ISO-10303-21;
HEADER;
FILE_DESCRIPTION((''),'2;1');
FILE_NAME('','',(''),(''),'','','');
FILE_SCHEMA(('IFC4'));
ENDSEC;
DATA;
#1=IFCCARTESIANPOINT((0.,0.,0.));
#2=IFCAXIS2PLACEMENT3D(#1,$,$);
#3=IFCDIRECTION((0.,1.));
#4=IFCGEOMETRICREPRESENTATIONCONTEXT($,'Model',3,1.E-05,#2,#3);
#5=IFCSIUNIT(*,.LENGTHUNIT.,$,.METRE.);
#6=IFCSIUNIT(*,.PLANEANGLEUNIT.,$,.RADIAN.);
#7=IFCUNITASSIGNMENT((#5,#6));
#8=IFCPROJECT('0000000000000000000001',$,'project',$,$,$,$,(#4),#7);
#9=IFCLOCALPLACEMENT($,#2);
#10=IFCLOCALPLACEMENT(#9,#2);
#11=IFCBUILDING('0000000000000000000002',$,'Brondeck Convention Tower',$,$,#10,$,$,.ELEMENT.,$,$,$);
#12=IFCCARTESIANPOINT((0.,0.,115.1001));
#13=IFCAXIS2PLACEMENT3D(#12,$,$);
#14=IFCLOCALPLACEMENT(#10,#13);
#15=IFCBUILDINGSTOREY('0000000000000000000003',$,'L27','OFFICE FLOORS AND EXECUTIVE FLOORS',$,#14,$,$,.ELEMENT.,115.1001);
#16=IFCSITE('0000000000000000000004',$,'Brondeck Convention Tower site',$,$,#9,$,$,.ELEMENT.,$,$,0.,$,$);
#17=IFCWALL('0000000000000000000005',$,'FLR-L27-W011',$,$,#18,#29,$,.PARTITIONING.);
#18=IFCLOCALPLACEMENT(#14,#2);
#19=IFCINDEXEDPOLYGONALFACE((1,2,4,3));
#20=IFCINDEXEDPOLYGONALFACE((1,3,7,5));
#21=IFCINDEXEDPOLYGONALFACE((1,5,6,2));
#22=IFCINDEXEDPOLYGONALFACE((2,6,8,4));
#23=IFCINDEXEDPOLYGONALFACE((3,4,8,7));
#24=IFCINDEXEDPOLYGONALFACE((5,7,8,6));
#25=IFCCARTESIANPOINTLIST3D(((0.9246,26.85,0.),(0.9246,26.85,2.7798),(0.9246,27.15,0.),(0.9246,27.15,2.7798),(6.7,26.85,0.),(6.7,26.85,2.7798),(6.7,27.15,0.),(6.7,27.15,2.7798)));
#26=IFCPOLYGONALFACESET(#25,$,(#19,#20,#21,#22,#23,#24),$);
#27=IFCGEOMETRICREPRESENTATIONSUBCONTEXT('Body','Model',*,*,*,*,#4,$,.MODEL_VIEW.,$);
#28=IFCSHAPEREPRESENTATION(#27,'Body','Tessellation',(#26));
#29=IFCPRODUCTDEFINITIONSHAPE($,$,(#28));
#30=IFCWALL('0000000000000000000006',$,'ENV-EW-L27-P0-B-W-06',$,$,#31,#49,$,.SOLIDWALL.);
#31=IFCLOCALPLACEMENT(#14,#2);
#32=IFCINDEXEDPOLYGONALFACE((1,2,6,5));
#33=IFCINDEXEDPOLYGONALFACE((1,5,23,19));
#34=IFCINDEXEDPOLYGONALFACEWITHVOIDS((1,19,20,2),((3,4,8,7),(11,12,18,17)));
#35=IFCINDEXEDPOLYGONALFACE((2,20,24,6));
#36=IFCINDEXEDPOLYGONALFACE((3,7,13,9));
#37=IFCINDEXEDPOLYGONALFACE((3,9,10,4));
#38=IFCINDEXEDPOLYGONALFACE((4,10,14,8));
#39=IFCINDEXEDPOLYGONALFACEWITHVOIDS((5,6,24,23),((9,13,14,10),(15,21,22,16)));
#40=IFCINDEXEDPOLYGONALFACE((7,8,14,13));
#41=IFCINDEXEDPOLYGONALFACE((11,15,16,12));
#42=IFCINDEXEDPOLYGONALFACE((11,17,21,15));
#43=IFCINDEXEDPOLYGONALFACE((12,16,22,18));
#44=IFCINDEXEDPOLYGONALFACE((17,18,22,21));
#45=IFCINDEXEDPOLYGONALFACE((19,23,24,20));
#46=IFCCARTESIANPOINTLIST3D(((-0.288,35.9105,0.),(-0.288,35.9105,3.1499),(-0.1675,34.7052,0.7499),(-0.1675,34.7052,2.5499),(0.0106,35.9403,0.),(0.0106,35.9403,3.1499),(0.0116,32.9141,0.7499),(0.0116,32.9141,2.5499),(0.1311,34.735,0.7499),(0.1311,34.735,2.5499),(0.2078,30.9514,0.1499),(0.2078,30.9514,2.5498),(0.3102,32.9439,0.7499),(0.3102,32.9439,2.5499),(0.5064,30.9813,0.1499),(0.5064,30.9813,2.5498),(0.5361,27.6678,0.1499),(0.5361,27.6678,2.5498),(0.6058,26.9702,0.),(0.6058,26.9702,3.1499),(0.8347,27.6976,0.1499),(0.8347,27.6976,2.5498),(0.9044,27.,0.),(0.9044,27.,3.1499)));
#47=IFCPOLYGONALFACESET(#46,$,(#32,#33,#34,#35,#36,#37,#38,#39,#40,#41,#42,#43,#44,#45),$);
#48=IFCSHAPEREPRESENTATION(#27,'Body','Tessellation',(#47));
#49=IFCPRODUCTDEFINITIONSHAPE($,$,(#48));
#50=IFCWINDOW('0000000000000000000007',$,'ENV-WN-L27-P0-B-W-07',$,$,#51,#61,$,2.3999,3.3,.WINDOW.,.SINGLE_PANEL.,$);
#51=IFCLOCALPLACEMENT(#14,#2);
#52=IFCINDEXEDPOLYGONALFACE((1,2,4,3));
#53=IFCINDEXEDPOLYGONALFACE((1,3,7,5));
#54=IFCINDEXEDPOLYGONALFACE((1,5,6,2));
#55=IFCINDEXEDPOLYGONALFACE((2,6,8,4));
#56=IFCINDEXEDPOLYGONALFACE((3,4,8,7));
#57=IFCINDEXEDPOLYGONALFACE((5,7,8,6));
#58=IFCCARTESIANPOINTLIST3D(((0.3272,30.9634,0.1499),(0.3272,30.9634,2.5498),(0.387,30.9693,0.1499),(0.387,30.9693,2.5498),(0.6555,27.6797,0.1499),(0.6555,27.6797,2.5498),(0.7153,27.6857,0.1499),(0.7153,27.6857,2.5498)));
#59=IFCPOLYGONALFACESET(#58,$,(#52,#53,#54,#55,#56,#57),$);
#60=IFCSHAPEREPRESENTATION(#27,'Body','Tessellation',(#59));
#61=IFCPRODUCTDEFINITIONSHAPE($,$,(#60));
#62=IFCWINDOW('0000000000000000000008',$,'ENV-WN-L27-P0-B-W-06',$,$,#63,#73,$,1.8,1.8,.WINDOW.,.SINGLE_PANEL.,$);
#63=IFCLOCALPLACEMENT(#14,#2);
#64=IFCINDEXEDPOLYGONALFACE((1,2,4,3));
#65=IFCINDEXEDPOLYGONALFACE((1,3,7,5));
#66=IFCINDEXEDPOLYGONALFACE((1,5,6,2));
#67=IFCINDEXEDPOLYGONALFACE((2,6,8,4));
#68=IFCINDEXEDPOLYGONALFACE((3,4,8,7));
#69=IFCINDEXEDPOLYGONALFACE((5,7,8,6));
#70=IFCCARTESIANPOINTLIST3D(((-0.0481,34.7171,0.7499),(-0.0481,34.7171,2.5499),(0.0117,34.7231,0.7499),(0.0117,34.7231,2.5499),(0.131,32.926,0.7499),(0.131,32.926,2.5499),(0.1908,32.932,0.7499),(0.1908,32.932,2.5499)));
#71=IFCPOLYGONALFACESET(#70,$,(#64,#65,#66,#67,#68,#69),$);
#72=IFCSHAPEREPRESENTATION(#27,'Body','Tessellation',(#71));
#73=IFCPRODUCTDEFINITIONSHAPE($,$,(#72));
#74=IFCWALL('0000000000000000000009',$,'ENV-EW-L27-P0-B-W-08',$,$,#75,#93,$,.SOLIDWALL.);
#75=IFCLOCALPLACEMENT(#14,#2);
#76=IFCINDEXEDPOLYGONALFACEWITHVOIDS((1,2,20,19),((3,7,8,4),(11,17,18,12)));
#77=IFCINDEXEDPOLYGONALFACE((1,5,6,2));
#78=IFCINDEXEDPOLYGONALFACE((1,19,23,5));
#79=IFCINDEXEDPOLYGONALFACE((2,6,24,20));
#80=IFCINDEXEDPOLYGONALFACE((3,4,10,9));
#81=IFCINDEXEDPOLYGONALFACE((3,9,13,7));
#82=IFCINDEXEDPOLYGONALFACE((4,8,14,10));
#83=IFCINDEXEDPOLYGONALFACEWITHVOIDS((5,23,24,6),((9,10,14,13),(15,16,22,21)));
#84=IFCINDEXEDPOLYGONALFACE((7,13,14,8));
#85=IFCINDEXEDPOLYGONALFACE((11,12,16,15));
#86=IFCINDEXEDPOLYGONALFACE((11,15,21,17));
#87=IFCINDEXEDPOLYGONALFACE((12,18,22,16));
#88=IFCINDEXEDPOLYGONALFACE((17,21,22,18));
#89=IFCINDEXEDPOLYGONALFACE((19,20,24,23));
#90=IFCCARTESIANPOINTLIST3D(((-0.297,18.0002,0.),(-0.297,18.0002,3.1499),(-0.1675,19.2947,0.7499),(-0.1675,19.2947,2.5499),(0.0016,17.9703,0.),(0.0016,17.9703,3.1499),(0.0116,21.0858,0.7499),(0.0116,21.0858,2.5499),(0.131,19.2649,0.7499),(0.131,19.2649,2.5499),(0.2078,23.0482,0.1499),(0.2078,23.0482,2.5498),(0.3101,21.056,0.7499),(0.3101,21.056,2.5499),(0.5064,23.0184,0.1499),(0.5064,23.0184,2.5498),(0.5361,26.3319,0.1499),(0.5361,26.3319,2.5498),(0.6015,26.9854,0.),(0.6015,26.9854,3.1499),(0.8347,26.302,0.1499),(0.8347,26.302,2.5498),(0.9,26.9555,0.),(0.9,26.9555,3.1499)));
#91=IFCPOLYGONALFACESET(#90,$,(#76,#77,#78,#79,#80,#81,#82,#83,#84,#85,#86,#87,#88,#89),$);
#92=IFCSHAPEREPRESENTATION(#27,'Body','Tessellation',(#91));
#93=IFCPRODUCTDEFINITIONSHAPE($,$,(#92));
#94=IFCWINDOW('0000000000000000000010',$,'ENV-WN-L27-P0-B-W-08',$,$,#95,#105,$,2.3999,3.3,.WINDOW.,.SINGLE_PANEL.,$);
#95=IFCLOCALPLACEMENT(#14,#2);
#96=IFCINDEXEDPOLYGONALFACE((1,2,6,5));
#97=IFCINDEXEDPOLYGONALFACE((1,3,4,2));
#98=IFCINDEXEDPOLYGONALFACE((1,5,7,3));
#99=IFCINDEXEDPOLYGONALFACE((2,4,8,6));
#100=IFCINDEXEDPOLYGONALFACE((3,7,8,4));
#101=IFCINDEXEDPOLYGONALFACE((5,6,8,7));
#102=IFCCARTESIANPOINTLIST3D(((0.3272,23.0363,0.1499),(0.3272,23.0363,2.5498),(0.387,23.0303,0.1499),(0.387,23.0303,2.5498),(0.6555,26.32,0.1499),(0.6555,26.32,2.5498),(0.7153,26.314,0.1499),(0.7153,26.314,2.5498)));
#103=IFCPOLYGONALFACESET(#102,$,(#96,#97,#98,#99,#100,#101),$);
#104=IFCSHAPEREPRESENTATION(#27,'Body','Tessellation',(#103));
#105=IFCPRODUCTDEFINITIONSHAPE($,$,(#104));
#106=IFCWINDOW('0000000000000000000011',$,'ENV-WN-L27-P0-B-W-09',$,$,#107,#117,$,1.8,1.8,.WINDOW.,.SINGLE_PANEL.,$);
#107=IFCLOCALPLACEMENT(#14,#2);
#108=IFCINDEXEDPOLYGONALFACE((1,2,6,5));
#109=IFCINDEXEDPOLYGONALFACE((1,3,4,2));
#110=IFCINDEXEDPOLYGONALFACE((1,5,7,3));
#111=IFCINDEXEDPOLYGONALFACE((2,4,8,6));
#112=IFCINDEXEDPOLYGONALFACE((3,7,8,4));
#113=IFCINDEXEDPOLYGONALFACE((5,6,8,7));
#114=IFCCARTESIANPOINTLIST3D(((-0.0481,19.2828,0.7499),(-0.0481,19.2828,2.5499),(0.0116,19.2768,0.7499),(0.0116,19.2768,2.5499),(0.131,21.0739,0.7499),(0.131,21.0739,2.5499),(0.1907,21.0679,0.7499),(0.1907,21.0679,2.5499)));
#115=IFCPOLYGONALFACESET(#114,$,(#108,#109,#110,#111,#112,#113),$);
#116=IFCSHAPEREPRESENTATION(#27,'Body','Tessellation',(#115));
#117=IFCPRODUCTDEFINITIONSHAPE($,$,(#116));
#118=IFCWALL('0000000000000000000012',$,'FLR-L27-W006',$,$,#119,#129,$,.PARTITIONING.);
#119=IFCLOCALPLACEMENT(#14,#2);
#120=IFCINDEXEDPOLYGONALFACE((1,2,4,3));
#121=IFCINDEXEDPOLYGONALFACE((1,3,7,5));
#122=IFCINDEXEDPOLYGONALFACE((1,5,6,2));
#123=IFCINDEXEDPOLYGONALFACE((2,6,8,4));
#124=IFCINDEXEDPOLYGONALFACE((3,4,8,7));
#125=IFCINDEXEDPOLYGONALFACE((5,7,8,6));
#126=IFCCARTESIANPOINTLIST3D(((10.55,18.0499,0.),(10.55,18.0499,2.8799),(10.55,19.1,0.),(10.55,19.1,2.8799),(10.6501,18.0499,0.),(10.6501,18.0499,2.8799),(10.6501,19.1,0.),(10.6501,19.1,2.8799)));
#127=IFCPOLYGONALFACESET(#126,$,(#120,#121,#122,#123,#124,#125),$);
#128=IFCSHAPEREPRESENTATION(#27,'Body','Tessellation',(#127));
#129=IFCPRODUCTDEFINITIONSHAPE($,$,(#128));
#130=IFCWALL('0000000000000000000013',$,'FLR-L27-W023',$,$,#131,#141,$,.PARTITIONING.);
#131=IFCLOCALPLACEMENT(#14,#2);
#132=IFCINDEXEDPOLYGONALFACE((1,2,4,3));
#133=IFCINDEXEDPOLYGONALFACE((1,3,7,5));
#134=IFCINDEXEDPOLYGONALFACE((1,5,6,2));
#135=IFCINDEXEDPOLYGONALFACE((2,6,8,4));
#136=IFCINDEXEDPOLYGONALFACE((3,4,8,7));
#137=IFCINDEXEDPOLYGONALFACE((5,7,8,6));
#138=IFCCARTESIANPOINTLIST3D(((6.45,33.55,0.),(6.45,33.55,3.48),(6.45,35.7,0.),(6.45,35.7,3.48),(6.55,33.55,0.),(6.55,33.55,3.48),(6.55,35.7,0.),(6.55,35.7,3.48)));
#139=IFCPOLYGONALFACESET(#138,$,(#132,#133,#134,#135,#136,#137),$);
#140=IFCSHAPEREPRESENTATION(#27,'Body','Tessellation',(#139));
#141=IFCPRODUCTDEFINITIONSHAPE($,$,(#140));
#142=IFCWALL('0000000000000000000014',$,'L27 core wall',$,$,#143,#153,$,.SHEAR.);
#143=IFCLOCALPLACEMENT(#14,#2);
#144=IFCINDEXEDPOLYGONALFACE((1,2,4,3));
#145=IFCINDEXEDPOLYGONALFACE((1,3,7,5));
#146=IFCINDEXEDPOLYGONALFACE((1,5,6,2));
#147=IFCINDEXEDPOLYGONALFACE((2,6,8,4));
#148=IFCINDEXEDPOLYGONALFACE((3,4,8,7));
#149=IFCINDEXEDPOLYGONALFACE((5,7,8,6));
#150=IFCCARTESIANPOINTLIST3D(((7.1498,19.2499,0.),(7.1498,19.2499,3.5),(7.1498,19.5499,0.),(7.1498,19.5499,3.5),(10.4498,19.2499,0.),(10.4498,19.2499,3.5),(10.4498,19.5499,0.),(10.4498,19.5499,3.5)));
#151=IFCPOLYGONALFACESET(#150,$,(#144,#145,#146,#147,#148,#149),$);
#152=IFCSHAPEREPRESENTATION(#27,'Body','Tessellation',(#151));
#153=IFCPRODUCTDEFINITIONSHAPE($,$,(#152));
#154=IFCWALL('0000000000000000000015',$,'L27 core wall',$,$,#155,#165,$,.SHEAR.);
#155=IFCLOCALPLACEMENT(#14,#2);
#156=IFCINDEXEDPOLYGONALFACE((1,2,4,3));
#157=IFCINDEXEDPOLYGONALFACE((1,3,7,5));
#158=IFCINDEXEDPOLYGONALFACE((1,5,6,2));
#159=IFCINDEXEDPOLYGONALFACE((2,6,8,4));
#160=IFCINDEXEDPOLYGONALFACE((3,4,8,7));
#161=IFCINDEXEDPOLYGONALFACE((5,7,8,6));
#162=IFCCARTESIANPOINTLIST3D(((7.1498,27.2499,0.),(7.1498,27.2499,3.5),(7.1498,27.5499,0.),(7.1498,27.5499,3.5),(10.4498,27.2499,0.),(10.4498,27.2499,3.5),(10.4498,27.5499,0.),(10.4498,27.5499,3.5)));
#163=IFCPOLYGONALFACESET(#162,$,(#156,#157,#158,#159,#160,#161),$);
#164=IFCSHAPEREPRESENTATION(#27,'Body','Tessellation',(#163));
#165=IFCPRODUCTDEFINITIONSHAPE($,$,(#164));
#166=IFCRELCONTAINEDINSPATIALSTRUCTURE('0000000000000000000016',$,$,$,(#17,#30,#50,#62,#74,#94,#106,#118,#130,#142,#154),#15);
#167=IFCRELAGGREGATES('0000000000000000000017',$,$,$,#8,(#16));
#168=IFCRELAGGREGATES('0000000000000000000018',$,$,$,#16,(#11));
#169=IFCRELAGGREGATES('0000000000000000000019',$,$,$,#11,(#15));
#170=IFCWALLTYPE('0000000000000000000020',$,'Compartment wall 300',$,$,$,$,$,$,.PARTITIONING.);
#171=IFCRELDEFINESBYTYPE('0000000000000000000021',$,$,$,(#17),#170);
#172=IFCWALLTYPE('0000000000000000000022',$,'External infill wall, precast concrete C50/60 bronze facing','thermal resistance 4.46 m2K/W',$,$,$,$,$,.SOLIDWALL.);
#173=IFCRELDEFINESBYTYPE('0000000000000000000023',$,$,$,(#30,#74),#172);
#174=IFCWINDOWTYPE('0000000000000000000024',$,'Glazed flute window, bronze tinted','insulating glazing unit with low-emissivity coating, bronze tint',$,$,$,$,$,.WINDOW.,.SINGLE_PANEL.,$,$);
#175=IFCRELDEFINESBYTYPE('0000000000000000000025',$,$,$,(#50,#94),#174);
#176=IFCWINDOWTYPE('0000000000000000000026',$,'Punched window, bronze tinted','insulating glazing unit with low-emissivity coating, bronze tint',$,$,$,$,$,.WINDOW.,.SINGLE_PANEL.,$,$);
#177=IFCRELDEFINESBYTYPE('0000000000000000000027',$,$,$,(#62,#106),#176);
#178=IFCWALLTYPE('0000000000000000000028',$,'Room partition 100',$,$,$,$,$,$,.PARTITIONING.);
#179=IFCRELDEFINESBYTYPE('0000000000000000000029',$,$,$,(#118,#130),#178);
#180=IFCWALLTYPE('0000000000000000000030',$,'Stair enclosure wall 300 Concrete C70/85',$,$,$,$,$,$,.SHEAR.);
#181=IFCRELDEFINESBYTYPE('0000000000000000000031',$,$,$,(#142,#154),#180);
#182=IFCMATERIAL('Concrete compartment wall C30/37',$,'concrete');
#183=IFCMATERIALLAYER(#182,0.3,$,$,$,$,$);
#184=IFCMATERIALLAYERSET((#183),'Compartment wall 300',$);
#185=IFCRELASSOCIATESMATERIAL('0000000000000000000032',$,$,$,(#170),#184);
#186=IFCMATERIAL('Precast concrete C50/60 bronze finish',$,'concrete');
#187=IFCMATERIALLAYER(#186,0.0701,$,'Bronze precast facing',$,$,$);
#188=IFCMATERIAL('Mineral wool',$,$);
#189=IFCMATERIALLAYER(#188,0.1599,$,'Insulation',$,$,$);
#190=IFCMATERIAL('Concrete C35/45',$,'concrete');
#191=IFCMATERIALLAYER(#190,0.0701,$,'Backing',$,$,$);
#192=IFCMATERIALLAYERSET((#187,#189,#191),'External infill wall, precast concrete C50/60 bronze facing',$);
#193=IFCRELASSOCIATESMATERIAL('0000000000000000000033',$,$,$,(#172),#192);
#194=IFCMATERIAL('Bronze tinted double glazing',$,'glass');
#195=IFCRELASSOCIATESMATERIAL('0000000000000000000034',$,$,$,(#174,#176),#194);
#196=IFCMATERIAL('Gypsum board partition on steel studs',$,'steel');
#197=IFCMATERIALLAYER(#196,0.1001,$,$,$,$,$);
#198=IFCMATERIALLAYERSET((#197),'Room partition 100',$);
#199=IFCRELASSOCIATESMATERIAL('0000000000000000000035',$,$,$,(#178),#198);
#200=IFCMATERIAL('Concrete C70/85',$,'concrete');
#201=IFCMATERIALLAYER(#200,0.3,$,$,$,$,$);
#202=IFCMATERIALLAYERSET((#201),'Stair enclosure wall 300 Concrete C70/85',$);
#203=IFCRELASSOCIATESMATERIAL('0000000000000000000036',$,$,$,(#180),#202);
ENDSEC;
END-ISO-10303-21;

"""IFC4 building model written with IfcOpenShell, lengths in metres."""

from ifc_helpers import new_model, si_unit, direction, frame, frame_2d, origin, place, context, subcontext, project, spatial, rectangle, extrude, material, layer, layer_set, type_object, element, fill, save


model = new_model("IFC4")

# Units and contexts
model_context = context("Model", 3, precision=1e-05, world=origin(), true_north=direction((0.0, 1.0)))
body_context = subcontext(model_context, "Body", "Model", "MODEL_VIEW")
ifc_project = project(units=[si_unit("LENGTHUNIT", "METRE"), si_unit("PLANEANGLEUNIT", "RADIAN")], contexts=[model_context])

# Site, building, storey
site_placement = place(None, origin())
site = spatial("IfcSite", under=ifc_project, at=site_placement, Name="Brondeck Convention Tower site", CompositionType="ELEMENT", RefElevation=0.0)
building_placement = place(site_placement, origin())
building = spatial("IfcBuilding", under=site, at=building_placement, Name="Brondeck Convention Tower", CompositionType="ELEMENT")
storey_placement = place(building_placement, frame((0.0, 0.0, 115.1001)))
storey = spatial("IfcBuildingStorey", under=building, at=storey_placement, Name="L27", Description="OFFICE FLOORS AND EXECUTIVE FLOORS", CompositionType="ELEMENT", Elevation=115.1001)

# Shared definitions
ifc_material_1 = material(Name="Concrete C70/85", Category="concrete")

# Wall
ifc_material_2 = material(Name="Concrete compartment wall C30/37", Category="concrete")
ifc_layer_1 = layer(ifc_material_2, 0.3)
ifc_layer_set_1 = layer_set([ifc_layer_1], Name="Compartment wall 300")
wall_type_1 = type_object("IfcWallType", Name="Compartment wall 300", PredefinedType="PARTITIONING", material=ifc_layer_set_1)
wall_1_placement = place(storey_placement, frame((0.9246, 27.0, 0.0), z_axis=(0.0, 0.0, 1.0), x_axis=(1.0, 0.0, 0.0)))
element("IfcWall", 1, at=wall_1_placement, inside=storey, type_object=wall_type_1, Name="FLR-L27-W011", PredefinedType="PARTITIONING", context=body_context, shape_type="SweptSolid", body=[
    extrude(rectangle(XDim=5.7754, YDim=0.3, at=frame_2d((2.8877, 0.0))), origin(), (0.0, 0.0, 1.0), 2.7798),
])

# Walls, openings, windows
ifc_material_3 = material(Name="Precast concrete C50/60 bronze finish", Category="concrete")
ifc_layer_2 = layer(ifc_material_3, 0.0701, Name="Bronze precast facing")
ifc_material_4 = material(Name="Mineral wool")
ifc_layer_3 = layer(ifc_material_4, 0.1599, Name="Insulation")
ifc_material_5 = material(Name="Concrete C35/45", Category="concrete")
ifc_layer_4 = layer(ifc_material_5, 0.0701, Name="Backing")
ifc_layer_set_2 = layer_set([ifc_layer_2, ifc_layer_3, ifc_layer_4], Name="External infill wall, precast concrete C50/60 bronze facing")
wall_type_2 = type_object("IfcWallType", Name="External infill wall, precast concrete C50/60 bronze facing", Description="thermal resistance 4.46 m2K/W", PredefinedType="SOLIDWALL", material=ifc_layer_set_2)
wall_2_placement = place(storey_placement, frame((0.7551, 26.9851, 0.0), z_axis=(0.0, 0.0, 1.0), x_axis=(-0.09948, 0.99504, 0.0)))
wall_2 = element("IfcWall", 2, at=wall_2_placement, inside=storey, type_object=wall_type_2, Name="ENV-EW-L27-P0-B-W-06", PredefinedType="SOLIDWALL", context=body_context, shape_type="SweptSolid", body=[
    extrude(rectangle(XDim=8.9849, YDim=0.3, at=frame_2d((4.4924, 0.0))), origin(), (0.0, 0.0, 1.0), 3.1499),
])
opening_1_placement = place(wall_2_placement, frame((0.7012, 0.0, 0.1499)))
opening_1 = element("IfcOpeningElement", 3, at=opening_1_placement, cuts=wall_2, PredefinedType="OPENING", context=body_context, shape_type="SweptSolid", body=[
    extrude(rectangle(XDim=3.3, YDim=2.3999, at=frame_2d((1.6499, 1.2))), frame((0.0, 0.1599, 0.0), z_axis=(0.0, -1.0, 0.0), x_axis=(1.0, 0.0, 0.0)), (0.0, 0.0, 1.0), 0.3201),
])
opening_2_placement = place(wall_2_placement, frame((5.9736, 0.0, 0.75)))
opening_2 = element("IfcOpeningElement", 4, at=opening_2_placement, cuts=wall_2, PredefinedType="OPENING", context=body_context, shape_type="SweptSolid", body=[
    extrude(rectangle(XDim=1.8, YDim=1.8, at=frame_2d((0.8999, 0.8999))), frame((0.0, 0.1599, 0.0), z_axis=(0.0, -1.0, 0.0), x_axis=(1.0, 0.0, 0.0)), (0.0, 0.0, 1.0), 0.3201),
])
ifc_material_6 = material(Name="Bronze tinted double glazing", Category="glass")
window_type_1 = type_object("IfcWindowType", Name="Glazed flute window, bronze tinted", Description="insulating glazing unit with low-emissivity coating, bronze tint", PartitioningType="SINGLE_PANEL", PredefinedType="WINDOW", material=ifc_material_6)
window_1_placement = place(opening_1_placement, origin())
window_1 = element("IfcWindow", 5, at=window_1_placement, inside=storey, type_object=window_type_1, Name="ENV-WN-L27-P0-B-W-07", OverallHeight=2.3999, OverallWidth=3.3, PartitioningType="SINGLE_PANEL", PredefinedType="WINDOW", context=body_context, shape_type="SweptSolid", body=[
    extrude(rectangle(XDim=3.3, YDim=2.3999, at=frame_2d((1.6499, 1.2))), frame((0.0, 0.03, 0.0), z_axis=(0.0, -1.0, 0.0), x_axis=(1.0, 0.0, 0.0)), (0.0, 0.0, 1.0), 0.0601),
])
fill(opening_1, window_1)
window_type_2 = type_object("IfcWindowType", Name="Punched window, bronze tinted", Description="insulating glazing unit with low-emissivity coating, bronze tint", PartitioningType="SINGLE_PANEL", PredefinedType="WINDOW", material=ifc_material_6)
window_2_placement = place(opening_2_placement, origin())
window_2 = element("IfcWindow", 6, at=window_2_placement, inside=storey, type_object=window_type_2, Name="ENV-WN-L27-P0-B-W-06", OverallHeight=1.8, OverallWidth=1.8, PartitioningType="SINGLE_PANEL", PredefinedType="WINDOW", context=body_context, shape_type="SweptSolid", body=[
    extrude(rectangle(XDim=1.8, YDim=1.8, at=frame_2d((0.8999, 0.8999))), frame((0.0, 0.03, 0.0), z_axis=(0.0, -1.0, 0.0), x_axis=(1.0, 0.0, 0.0)), (0.0, 0.0, 1.0), 0.0601),
])
fill(opening_2, window_2)
wall_3_placement = place(storey_placement, frame((-0.1477, 17.9851, 0.0), z_axis=(0.0, 0.0, 1.0), x_axis=(0.099496, 0.995038, 0.0)))
wall_3 = element("IfcWall", 7, at=wall_3_placement, inside=storey, type_object=wall_type_2, Name="ENV-EW-L27-P0-B-W-08", PredefinedType="SOLIDWALL", context=body_context, shape_type="SweptSolid", body=[
    extrude(rectangle(XDim=9.03, YDim=0.3, at=frame_2d((4.5151, 0.0))), origin(), (0.0, 0.0, 1.0), 3.1499),
])
opening_3_placement = place(wall_3_placement, frame((1.3013, 0.0, 0.75)))
opening_3 = element("IfcOpeningElement", 8, at=opening_3_placement, cuts=wall_3, PredefinedType="OPENING", context=body_context, shape_type="SweptSolid", body=[
    extrude(rectangle(XDim=1.8, YDim=1.8, at=frame_2d((0.8999, 0.8999))), frame((0.0, 0.1599, 0.0), z_axis=(0.0, -1.0, 0.0), x_axis=(1.0, 0.0, 0.0)), (0.0, 0.0, 1.0), 0.3201),
])
opening_4_placement = place(wall_3_placement, frame((5.0735, 0.0, 0.1499)))
opening_4 = element("IfcOpeningElement", 9, at=opening_4_placement, cuts=wall_3, PredefinedType="OPENING", context=body_context, shape_type="SweptSolid", body=[
    extrude(rectangle(XDim=3.3, YDim=2.3999, at=frame_2d((1.6499, 1.2))), frame((0.0, 0.1599, 0.0), z_axis=(0.0, -1.0, 0.0), x_axis=(1.0, 0.0, 0.0)), (0.0, 0.0, 1.0), 0.3201),
])
window_3_placement = place(opening_4_placement, origin())
window_3 = element("IfcWindow", 10, at=window_3_placement, inside=storey, type_object=window_type_1, Name="ENV-WN-L27-P0-B-W-08", OverallHeight=2.3999, OverallWidth=3.3, PartitioningType="SINGLE_PANEL", PredefinedType="WINDOW", context=body_context, shape_type="SweptSolid", body=[
    extrude(rectangle(XDim=3.3, YDim=2.3999, at=frame_2d((1.6499, 1.2))), frame((0.0, 0.03, 0.0), z_axis=(0.0, -1.0, 0.0), x_axis=(1.0, 0.0, 0.0)), (0.0, 0.0, 1.0), 0.0601),
])
fill(opening_4, window_3)
window_4_placement = place(opening_3_placement, origin())
window_4 = element("IfcWindow", 11, at=window_4_placement, inside=storey, type_object=window_type_2, Name="ENV-WN-L27-P0-B-W-09", OverallHeight=1.8, OverallWidth=1.8, PartitioningType="SINGLE_PANEL", PredefinedType="WINDOW", context=body_context, shape_type="SweptSolid", body=[
    extrude(rectangle(XDim=1.8, YDim=1.8, at=frame_2d((0.8999, 0.8999))), frame((0.0, 0.03, 0.0), z_axis=(0.0, -1.0, 0.0), x_axis=(1.0, 0.0, 0.0)), (0.0, 0.0, 1.0), 0.0601),
])
fill(opening_3, window_4)

# Walls
ifc_material_7 = material(Name="Gypsum board partition on steel studs", Category="steel")
ifc_layer_5 = layer(ifc_material_7, 0.1001)
ifc_layer_set_3 = layer_set([ifc_layer_5], Name="Room partition 100")
wall_type_3 = type_object("IfcWallType", Name="Room partition 100", PredefinedType="PARTITIONING", material=ifc_layer_set_3)
wall_4_placement = place(storey_placement, frame((10.6001, 18.05, 0.0), z_axis=(0.0, 0.0, 1.0), x_axis=(0.0, 1.0, 0.0)))
element("IfcWall", 12, at=wall_4_placement, inside=storey, type_object=wall_type_3, Name="FLR-L27-W006", PredefinedType="PARTITIONING", context=body_context, shape_type="SweptSolid", body=[
    extrude(rectangle(XDim=1.05, YDim=0.1001, at=frame_2d((0.5249, 0.0))), origin(), (0.0, 0.0, 1.0), 2.8799),
])
wall_5_placement = place(storey_placement, frame((6.5, 33.55, 0.0), z_axis=(0.0, 0.0, 1.0), x_axis=(0.0, 1.0, 0.0)))
element("IfcWall", 13, at=wall_5_placement, inside=storey, type_object=wall_type_3, Name="FLR-L27-W023", PredefinedType="PARTITIONING", context=body_context, shape_type="SweptSolid", body=[
    extrude(rectangle(XDim=2.1499, YDim=0.1001, at=frame_2d((1.075, 0.0))), origin(), (0.0, 0.0, 1.0), 3.48),
])
ifc_layer_6 = layer(ifc_material_1, 0.3)
ifc_layer_set_4 = layer_set([ifc_layer_6], Name="Stair enclosure wall 300 Concrete C70/85")
wall_type_4 = type_object("IfcWallType", Name="Stair enclosure wall 300 Concrete C70/85", PredefinedType="SHEAR", material=ifc_layer_set_4)
for number, where, z_axis, x_axis, name in (
    (14, (7.1499, 19.3999, 0.0), (0.0, 0.0, 1.0), (1.0, 0.0, 0.0), "L27 core wall"),
    (15, (7.1499, 27.3999, 0.0), (0.0, 0.0, 1.0), (1.0, 0.0, 0.0), "L27 core wall"),
):
    element("IfcWall", number, at=place(storey_placement, frame(where, z_axis=z_axis, x_axis=x_axis)), inside=storey, type_object=wall_type_4, Name=name, PredefinedType="SHEAR", context=body_context, shape_type="SweptSolid", body=[
        extrude(rectangle(XDim=3.3, YDim=0.3, at=frame_2d((1.6499, 0.0))), origin(), (0.0, 0.0, 1.0), 3.5),
    ])

save(model, "model.ifc")
